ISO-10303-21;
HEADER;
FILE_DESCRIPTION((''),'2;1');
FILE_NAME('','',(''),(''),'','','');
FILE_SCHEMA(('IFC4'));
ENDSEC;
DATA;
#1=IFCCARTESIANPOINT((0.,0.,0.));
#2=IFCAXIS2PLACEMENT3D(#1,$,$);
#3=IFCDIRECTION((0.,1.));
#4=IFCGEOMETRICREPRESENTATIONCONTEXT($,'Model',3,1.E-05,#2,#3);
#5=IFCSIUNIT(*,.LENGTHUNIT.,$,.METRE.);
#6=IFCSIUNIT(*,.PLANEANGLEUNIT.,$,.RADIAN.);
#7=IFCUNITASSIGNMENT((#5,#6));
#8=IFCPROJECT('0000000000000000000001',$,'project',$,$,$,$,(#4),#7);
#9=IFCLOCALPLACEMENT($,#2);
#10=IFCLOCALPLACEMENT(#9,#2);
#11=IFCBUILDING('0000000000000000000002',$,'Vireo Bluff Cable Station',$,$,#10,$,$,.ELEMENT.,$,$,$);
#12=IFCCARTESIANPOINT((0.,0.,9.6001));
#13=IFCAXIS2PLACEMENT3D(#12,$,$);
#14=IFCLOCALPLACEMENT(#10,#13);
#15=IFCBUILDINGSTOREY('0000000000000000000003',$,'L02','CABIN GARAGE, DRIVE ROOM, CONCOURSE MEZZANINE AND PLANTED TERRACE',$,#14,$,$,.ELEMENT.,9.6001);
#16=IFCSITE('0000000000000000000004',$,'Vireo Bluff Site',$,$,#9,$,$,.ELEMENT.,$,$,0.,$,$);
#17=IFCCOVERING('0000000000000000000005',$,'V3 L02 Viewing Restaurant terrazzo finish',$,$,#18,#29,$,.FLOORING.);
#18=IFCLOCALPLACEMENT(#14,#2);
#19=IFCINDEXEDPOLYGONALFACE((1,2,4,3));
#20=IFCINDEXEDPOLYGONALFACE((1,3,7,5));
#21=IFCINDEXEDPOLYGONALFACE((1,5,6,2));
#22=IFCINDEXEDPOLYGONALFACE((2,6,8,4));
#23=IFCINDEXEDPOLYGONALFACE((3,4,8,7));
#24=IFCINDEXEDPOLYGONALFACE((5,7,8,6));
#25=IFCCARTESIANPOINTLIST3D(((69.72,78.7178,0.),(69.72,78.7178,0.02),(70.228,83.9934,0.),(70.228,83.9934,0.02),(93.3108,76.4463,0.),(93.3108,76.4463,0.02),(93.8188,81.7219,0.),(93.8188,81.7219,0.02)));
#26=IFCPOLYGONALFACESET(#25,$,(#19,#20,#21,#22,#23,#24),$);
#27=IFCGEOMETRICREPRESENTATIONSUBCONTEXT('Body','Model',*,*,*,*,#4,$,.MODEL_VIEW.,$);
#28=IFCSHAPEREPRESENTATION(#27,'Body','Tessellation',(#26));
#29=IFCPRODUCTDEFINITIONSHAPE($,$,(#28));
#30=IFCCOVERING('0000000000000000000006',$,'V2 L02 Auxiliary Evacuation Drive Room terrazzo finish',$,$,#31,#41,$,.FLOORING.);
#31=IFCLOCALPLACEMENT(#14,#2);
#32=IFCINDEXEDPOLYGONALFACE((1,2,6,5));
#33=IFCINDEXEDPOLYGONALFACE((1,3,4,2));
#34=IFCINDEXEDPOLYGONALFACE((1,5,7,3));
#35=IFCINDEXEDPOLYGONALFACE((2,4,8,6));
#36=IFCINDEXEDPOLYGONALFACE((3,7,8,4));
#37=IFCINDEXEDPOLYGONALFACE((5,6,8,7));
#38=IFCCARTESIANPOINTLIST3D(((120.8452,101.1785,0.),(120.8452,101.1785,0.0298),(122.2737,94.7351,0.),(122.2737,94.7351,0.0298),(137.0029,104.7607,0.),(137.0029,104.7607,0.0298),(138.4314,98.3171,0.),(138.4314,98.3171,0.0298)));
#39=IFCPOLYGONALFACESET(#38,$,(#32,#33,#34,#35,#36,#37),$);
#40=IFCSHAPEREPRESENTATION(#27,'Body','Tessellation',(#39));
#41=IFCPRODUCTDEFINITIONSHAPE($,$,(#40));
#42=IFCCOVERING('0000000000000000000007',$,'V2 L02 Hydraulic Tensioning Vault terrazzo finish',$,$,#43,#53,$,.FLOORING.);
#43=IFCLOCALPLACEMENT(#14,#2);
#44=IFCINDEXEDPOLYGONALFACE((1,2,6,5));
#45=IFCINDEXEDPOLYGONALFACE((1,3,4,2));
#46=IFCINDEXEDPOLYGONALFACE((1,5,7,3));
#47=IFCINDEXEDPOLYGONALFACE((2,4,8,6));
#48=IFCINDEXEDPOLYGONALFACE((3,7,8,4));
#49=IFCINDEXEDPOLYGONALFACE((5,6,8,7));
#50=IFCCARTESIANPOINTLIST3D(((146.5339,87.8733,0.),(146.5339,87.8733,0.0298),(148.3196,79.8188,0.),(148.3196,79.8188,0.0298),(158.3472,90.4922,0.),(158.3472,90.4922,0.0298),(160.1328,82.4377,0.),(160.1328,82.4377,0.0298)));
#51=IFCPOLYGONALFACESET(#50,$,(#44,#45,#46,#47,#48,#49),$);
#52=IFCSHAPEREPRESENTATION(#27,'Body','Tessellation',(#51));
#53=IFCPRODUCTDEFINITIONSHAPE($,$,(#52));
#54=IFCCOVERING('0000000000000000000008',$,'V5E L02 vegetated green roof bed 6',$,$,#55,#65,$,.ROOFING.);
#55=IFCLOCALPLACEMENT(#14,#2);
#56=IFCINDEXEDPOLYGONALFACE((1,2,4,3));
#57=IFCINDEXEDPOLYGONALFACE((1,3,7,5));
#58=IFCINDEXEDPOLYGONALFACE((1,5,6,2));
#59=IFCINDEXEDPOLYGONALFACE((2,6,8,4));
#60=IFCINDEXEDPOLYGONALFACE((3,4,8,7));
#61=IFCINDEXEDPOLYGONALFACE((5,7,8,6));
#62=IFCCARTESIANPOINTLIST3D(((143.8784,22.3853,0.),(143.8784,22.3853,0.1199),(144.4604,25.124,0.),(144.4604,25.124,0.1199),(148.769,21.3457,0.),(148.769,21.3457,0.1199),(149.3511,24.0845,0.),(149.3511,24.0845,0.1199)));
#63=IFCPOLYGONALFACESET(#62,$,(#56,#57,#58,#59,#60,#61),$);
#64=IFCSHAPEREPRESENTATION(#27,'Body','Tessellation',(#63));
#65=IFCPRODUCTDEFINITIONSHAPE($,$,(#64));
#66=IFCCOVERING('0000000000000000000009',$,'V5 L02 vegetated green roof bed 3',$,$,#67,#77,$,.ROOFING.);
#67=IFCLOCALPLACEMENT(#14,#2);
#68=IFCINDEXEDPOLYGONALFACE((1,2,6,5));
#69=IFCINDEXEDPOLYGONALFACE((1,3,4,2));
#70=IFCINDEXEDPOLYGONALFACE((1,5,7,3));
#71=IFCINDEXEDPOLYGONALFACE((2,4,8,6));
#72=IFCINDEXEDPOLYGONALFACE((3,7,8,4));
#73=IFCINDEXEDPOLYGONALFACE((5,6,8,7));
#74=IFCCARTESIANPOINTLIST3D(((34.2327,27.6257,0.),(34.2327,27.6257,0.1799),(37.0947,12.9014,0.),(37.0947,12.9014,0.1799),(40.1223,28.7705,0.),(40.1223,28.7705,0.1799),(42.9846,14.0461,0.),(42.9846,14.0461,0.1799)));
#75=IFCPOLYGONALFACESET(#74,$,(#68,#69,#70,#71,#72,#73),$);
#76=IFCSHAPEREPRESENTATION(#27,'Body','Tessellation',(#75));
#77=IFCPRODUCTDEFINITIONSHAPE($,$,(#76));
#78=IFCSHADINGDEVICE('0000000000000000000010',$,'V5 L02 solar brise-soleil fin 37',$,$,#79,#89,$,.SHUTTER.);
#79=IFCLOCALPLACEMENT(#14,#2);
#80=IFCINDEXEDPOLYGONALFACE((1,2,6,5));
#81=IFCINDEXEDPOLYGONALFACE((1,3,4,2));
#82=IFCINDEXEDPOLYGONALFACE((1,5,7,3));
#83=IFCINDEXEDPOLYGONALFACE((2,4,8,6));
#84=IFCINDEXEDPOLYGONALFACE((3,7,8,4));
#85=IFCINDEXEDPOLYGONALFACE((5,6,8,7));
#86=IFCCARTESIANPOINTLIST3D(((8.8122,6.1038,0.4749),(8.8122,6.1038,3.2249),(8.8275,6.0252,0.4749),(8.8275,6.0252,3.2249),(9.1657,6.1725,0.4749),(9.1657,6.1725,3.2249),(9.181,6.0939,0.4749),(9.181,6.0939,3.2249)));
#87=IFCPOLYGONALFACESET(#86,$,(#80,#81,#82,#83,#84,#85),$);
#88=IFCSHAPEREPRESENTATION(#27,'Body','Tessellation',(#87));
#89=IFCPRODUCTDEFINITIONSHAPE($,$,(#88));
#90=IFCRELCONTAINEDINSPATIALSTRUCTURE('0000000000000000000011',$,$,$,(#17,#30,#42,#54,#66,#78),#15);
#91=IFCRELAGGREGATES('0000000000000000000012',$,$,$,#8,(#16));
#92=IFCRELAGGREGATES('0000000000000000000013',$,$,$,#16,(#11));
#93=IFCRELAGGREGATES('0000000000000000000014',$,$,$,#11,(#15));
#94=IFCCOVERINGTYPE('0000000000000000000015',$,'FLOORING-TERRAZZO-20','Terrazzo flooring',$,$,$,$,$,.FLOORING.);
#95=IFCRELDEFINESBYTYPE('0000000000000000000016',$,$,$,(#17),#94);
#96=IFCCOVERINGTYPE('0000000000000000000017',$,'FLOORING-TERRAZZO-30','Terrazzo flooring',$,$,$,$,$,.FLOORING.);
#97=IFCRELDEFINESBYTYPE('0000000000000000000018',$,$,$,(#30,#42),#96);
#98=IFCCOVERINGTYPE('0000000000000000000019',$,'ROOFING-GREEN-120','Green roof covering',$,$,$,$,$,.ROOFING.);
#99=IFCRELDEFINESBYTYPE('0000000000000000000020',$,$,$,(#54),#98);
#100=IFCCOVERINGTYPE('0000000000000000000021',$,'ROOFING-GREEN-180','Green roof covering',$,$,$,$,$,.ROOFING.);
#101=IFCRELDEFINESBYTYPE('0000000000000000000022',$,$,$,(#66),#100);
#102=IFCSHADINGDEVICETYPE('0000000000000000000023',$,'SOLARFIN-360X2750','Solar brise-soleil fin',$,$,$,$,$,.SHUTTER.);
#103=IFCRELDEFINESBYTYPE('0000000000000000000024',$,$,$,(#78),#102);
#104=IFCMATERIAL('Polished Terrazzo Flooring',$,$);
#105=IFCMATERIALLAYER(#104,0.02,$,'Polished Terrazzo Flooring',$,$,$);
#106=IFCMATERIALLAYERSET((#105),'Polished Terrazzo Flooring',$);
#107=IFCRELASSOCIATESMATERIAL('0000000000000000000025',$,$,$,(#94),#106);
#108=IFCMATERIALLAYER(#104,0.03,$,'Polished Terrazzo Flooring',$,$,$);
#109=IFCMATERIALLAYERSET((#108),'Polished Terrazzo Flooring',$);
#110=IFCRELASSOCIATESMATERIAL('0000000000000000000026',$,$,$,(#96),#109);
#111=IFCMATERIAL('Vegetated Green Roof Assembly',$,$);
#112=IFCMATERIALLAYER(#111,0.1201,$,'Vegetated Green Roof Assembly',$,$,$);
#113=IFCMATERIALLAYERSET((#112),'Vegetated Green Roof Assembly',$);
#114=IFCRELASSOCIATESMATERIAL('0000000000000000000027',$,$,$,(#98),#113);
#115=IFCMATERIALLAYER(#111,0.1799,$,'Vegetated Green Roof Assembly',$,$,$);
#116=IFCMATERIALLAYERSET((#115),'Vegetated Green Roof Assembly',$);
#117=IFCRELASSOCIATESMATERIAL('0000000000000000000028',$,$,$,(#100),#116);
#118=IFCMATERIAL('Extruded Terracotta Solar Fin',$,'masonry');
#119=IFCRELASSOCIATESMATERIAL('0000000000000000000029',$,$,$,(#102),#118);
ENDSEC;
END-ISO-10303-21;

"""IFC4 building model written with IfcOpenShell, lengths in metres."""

from ifc_helpers import new_model, si_unit, direction, frame, origin, origin_2d, place, context, subcontext, project, spatial, polyline, rectangle, outline, extrude, material, layer, layer_set, type_object, element, save


model = new_model("IFC4")

# Units and contexts
model_context = context("Model", 3, precision=1e-05, world=origin(), true_north=direction((0.0, 1.0)))
body_context = subcontext(model_context, "Body", "Model", "MODEL_VIEW")
ifc_project = project(units=[si_unit("LENGTHUNIT", "METRE"), si_unit("PLANEANGLEUNIT", "RADIAN")], contexts=[model_context])

# Site, building, storey
site_placement = place(None, origin())
site = spatial("IfcSite", under=ifc_project, at=site_placement, Name="Vireo Bluff Site", CompositionType="ELEMENT", RefElevation=0.0)
building_placement = place(site_placement, origin())
building = spatial("IfcBuilding", under=site, at=building_placement, Name="Vireo Bluff Cable Station", CompositionType="ELEMENT")
storey_placement = place(building_placement, frame((0.0, 0.0, 9.6001)))
storey = spatial("IfcBuildingStorey", under=building, at=storey_placement, Name="L02", Description="CABIN GARAGE, DRIVE ROOM, CONCOURSE MEZZANINE AND PLANTED TERRACE", CompositionType="ELEMENT", Elevation=9.6001)

# Coverings
ifc_material_1 = material(Name="Polished Terrazzo Flooring")
ifc_layer_1 = layer(ifc_material_1, 0.02, Name="Polished Terrazzo Flooring")
ifc_layer_set_1 = layer_set([ifc_layer_1], Name="Polished Terrazzo Flooring")
covering_type_1 = type_object("IfcCoveringType", Name="FLOORING-TERRAZZO-20", Description="Terrazzo flooring", PredefinedType="FLOORING", material=ifc_layer_set_1)
covering_1_placement = place(storey_placement, origin())
element("IfcCovering", 1, at=covering_1_placement, inside=storey, type_object=covering_type_1, Name="V3 L02 Viewing Restaurant terrazzo finish", PredefinedType="FLOORING", context=body_context, shape_type="SweptSolid", body=[
    extrude(outline(polyline([(69.72, 78.7178), (93.3108, 76.4463), (93.8188, 81.7219), (70.228, 83.9934), (69.72, 78.7178)])), origin(), (0.0, 0.0, 1.0), 0.02),
])
ifc_layer_2 = layer(ifc_material_1, 0.03, Name="Polished Terrazzo Flooring")
ifc_layer_set_2 = layer_set([ifc_layer_2], Name="Polished Terrazzo Flooring")
covering_type_2 = type_object("IfcCoveringType", Name="FLOORING-TERRAZZO-30", Description="Terrazzo flooring", PredefinedType="FLOORING", material=ifc_layer_set_2)
covering_2_placement = place(storey_placement, origin())
element("IfcCovering", 2, at=covering_2_placement, inside=storey, type_object=covering_type_2, Name="V2 L02 Auxiliary Evacuation Drive Room terrazzo finish", PredefinedType="FLOORING", context=body_context, shape_type="SweptSolid", body=[
    extrude(outline(polyline([(122.2737, 94.7351), (138.4314, 98.3171), (137.0029, 104.7607), (120.8452, 101.1785), (122.2737, 94.7351)])), origin(), (0.0, 0.0, 1.0), 0.0298),
])
covering_3_placement = place(storey_placement, origin())
element("IfcCovering", 3, at=covering_3_placement, inside=storey, type_object=covering_type_2, Name="V2 L02 Hydraulic Tensioning Vault terrazzo finish", PredefinedType="FLOORING", context=body_context, shape_type="SweptSolid", body=[
    extrude(outline(polyline([(148.3196, 79.8188), (160.1328, 82.4377), (158.3472, 90.4922), (146.5339, 87.8733), (148.3196, 79.8188)])), origin(), (0.0, 0.0, 1.0), 0.0298),
])
ifc_material_2 = material(Name="Vegetated Green Roof Assembly")
ifc_layer_3 = layer(ifc_material_2, 0.1201, Name="Vegetated Green Roof Assembly")
ifc_layer_set_3 = layer_set([ifc_layer_3], Name="Vegetated Green Roof Assembly")
covering_type_3 = type_object("IfcCoveringType", Name="ROOFING-GREEN-120", Description="Green roof covering", PredefinedType="ROOFING", material=ifc_layer_set_3)
covering_4_placement = place(storey_placement, origin())
element("IfcCovering", 4, at=covering_4_placement, inside=storey, type_object=covering_type_3, Name="V5E L02 vegetated green roof bed 6", PredefinedType="ROOFING", context=body_context, shape_type="SweptSolid", body=[
    extrude(outline(polyline([(143.8784, 22.3853), (148.769, 21.3457), (149.3511, 24.0845), (144.4604, 25.124), (143.8784, 22.3853)])), origin(), (0.0, 0.0, 1.0), 0.1199),
])
ifc_layer_4 = layer(ifc_material_2, 0.1799, Name="Vegetated Green Roof Assembly")
ifc_layer_set_4 = layer_set([ifc_layer_4], Name="Vegetated Green Roof Assembly")
covering_type_4 = type_object("IfcCoveringType", Name="ROOFING-GREEN-180", Description="Green roof covering", PredefinedType="ROOFING", material=ifc_layer_set_4)
covering_5_placement = place(storey_placement, origin())
element("IfcCovering", 5, at=covering_5_placement, inside=storey, type_object=covering_type_4, Name="V5 L02 vegetated green roof bed 3", PredefinedType="ROOFING", context=body_context, shape_type="SweptSolid", body=[
    extrude(outline(polyline([(37.0947, 12.9014), (42.9846, 14.0461), (40.1223, 28.7705), (34.2327, 27.6257), (37.0947, 12.9014)])), origin(), (0.0, 0.0, 1.0), 0.1799),
])

# Shading device
ifc_material_3 = material(Name="Extruded Terracotta Solar Fin", Category="masonry")
shading_device_type = type_object("IfcShadingDeviceType", Name="SOLARFIN-360X2750", Description="Solar brise-soleil fin", PredefinedType="SHUTTER", material=ifc_material_3)
shading_device_placement = place(storey_placement, frame((8.9966, 6.0989, 0.4749), z_axis=(0.0, 0.0, 1.0), x_axis=(-0.190809, 0.981627, 0.0)))
element("IfcShadingDevice", 6, at=shading_device_placement, inside=storey, type_object=shading_device_type, Name="V5 L02 solar brise-soleil fin 37", PredefinedType="SHUTTER", context=body_context, shape_type="SweptSolid", body=[
    extrude(rectangle(XDim=0.0801, YDim=0.3601, at=origin_2d()), origin(), (0.0, 0.0, 1.0), 2.75),
])

save(model, "model.ifc")
